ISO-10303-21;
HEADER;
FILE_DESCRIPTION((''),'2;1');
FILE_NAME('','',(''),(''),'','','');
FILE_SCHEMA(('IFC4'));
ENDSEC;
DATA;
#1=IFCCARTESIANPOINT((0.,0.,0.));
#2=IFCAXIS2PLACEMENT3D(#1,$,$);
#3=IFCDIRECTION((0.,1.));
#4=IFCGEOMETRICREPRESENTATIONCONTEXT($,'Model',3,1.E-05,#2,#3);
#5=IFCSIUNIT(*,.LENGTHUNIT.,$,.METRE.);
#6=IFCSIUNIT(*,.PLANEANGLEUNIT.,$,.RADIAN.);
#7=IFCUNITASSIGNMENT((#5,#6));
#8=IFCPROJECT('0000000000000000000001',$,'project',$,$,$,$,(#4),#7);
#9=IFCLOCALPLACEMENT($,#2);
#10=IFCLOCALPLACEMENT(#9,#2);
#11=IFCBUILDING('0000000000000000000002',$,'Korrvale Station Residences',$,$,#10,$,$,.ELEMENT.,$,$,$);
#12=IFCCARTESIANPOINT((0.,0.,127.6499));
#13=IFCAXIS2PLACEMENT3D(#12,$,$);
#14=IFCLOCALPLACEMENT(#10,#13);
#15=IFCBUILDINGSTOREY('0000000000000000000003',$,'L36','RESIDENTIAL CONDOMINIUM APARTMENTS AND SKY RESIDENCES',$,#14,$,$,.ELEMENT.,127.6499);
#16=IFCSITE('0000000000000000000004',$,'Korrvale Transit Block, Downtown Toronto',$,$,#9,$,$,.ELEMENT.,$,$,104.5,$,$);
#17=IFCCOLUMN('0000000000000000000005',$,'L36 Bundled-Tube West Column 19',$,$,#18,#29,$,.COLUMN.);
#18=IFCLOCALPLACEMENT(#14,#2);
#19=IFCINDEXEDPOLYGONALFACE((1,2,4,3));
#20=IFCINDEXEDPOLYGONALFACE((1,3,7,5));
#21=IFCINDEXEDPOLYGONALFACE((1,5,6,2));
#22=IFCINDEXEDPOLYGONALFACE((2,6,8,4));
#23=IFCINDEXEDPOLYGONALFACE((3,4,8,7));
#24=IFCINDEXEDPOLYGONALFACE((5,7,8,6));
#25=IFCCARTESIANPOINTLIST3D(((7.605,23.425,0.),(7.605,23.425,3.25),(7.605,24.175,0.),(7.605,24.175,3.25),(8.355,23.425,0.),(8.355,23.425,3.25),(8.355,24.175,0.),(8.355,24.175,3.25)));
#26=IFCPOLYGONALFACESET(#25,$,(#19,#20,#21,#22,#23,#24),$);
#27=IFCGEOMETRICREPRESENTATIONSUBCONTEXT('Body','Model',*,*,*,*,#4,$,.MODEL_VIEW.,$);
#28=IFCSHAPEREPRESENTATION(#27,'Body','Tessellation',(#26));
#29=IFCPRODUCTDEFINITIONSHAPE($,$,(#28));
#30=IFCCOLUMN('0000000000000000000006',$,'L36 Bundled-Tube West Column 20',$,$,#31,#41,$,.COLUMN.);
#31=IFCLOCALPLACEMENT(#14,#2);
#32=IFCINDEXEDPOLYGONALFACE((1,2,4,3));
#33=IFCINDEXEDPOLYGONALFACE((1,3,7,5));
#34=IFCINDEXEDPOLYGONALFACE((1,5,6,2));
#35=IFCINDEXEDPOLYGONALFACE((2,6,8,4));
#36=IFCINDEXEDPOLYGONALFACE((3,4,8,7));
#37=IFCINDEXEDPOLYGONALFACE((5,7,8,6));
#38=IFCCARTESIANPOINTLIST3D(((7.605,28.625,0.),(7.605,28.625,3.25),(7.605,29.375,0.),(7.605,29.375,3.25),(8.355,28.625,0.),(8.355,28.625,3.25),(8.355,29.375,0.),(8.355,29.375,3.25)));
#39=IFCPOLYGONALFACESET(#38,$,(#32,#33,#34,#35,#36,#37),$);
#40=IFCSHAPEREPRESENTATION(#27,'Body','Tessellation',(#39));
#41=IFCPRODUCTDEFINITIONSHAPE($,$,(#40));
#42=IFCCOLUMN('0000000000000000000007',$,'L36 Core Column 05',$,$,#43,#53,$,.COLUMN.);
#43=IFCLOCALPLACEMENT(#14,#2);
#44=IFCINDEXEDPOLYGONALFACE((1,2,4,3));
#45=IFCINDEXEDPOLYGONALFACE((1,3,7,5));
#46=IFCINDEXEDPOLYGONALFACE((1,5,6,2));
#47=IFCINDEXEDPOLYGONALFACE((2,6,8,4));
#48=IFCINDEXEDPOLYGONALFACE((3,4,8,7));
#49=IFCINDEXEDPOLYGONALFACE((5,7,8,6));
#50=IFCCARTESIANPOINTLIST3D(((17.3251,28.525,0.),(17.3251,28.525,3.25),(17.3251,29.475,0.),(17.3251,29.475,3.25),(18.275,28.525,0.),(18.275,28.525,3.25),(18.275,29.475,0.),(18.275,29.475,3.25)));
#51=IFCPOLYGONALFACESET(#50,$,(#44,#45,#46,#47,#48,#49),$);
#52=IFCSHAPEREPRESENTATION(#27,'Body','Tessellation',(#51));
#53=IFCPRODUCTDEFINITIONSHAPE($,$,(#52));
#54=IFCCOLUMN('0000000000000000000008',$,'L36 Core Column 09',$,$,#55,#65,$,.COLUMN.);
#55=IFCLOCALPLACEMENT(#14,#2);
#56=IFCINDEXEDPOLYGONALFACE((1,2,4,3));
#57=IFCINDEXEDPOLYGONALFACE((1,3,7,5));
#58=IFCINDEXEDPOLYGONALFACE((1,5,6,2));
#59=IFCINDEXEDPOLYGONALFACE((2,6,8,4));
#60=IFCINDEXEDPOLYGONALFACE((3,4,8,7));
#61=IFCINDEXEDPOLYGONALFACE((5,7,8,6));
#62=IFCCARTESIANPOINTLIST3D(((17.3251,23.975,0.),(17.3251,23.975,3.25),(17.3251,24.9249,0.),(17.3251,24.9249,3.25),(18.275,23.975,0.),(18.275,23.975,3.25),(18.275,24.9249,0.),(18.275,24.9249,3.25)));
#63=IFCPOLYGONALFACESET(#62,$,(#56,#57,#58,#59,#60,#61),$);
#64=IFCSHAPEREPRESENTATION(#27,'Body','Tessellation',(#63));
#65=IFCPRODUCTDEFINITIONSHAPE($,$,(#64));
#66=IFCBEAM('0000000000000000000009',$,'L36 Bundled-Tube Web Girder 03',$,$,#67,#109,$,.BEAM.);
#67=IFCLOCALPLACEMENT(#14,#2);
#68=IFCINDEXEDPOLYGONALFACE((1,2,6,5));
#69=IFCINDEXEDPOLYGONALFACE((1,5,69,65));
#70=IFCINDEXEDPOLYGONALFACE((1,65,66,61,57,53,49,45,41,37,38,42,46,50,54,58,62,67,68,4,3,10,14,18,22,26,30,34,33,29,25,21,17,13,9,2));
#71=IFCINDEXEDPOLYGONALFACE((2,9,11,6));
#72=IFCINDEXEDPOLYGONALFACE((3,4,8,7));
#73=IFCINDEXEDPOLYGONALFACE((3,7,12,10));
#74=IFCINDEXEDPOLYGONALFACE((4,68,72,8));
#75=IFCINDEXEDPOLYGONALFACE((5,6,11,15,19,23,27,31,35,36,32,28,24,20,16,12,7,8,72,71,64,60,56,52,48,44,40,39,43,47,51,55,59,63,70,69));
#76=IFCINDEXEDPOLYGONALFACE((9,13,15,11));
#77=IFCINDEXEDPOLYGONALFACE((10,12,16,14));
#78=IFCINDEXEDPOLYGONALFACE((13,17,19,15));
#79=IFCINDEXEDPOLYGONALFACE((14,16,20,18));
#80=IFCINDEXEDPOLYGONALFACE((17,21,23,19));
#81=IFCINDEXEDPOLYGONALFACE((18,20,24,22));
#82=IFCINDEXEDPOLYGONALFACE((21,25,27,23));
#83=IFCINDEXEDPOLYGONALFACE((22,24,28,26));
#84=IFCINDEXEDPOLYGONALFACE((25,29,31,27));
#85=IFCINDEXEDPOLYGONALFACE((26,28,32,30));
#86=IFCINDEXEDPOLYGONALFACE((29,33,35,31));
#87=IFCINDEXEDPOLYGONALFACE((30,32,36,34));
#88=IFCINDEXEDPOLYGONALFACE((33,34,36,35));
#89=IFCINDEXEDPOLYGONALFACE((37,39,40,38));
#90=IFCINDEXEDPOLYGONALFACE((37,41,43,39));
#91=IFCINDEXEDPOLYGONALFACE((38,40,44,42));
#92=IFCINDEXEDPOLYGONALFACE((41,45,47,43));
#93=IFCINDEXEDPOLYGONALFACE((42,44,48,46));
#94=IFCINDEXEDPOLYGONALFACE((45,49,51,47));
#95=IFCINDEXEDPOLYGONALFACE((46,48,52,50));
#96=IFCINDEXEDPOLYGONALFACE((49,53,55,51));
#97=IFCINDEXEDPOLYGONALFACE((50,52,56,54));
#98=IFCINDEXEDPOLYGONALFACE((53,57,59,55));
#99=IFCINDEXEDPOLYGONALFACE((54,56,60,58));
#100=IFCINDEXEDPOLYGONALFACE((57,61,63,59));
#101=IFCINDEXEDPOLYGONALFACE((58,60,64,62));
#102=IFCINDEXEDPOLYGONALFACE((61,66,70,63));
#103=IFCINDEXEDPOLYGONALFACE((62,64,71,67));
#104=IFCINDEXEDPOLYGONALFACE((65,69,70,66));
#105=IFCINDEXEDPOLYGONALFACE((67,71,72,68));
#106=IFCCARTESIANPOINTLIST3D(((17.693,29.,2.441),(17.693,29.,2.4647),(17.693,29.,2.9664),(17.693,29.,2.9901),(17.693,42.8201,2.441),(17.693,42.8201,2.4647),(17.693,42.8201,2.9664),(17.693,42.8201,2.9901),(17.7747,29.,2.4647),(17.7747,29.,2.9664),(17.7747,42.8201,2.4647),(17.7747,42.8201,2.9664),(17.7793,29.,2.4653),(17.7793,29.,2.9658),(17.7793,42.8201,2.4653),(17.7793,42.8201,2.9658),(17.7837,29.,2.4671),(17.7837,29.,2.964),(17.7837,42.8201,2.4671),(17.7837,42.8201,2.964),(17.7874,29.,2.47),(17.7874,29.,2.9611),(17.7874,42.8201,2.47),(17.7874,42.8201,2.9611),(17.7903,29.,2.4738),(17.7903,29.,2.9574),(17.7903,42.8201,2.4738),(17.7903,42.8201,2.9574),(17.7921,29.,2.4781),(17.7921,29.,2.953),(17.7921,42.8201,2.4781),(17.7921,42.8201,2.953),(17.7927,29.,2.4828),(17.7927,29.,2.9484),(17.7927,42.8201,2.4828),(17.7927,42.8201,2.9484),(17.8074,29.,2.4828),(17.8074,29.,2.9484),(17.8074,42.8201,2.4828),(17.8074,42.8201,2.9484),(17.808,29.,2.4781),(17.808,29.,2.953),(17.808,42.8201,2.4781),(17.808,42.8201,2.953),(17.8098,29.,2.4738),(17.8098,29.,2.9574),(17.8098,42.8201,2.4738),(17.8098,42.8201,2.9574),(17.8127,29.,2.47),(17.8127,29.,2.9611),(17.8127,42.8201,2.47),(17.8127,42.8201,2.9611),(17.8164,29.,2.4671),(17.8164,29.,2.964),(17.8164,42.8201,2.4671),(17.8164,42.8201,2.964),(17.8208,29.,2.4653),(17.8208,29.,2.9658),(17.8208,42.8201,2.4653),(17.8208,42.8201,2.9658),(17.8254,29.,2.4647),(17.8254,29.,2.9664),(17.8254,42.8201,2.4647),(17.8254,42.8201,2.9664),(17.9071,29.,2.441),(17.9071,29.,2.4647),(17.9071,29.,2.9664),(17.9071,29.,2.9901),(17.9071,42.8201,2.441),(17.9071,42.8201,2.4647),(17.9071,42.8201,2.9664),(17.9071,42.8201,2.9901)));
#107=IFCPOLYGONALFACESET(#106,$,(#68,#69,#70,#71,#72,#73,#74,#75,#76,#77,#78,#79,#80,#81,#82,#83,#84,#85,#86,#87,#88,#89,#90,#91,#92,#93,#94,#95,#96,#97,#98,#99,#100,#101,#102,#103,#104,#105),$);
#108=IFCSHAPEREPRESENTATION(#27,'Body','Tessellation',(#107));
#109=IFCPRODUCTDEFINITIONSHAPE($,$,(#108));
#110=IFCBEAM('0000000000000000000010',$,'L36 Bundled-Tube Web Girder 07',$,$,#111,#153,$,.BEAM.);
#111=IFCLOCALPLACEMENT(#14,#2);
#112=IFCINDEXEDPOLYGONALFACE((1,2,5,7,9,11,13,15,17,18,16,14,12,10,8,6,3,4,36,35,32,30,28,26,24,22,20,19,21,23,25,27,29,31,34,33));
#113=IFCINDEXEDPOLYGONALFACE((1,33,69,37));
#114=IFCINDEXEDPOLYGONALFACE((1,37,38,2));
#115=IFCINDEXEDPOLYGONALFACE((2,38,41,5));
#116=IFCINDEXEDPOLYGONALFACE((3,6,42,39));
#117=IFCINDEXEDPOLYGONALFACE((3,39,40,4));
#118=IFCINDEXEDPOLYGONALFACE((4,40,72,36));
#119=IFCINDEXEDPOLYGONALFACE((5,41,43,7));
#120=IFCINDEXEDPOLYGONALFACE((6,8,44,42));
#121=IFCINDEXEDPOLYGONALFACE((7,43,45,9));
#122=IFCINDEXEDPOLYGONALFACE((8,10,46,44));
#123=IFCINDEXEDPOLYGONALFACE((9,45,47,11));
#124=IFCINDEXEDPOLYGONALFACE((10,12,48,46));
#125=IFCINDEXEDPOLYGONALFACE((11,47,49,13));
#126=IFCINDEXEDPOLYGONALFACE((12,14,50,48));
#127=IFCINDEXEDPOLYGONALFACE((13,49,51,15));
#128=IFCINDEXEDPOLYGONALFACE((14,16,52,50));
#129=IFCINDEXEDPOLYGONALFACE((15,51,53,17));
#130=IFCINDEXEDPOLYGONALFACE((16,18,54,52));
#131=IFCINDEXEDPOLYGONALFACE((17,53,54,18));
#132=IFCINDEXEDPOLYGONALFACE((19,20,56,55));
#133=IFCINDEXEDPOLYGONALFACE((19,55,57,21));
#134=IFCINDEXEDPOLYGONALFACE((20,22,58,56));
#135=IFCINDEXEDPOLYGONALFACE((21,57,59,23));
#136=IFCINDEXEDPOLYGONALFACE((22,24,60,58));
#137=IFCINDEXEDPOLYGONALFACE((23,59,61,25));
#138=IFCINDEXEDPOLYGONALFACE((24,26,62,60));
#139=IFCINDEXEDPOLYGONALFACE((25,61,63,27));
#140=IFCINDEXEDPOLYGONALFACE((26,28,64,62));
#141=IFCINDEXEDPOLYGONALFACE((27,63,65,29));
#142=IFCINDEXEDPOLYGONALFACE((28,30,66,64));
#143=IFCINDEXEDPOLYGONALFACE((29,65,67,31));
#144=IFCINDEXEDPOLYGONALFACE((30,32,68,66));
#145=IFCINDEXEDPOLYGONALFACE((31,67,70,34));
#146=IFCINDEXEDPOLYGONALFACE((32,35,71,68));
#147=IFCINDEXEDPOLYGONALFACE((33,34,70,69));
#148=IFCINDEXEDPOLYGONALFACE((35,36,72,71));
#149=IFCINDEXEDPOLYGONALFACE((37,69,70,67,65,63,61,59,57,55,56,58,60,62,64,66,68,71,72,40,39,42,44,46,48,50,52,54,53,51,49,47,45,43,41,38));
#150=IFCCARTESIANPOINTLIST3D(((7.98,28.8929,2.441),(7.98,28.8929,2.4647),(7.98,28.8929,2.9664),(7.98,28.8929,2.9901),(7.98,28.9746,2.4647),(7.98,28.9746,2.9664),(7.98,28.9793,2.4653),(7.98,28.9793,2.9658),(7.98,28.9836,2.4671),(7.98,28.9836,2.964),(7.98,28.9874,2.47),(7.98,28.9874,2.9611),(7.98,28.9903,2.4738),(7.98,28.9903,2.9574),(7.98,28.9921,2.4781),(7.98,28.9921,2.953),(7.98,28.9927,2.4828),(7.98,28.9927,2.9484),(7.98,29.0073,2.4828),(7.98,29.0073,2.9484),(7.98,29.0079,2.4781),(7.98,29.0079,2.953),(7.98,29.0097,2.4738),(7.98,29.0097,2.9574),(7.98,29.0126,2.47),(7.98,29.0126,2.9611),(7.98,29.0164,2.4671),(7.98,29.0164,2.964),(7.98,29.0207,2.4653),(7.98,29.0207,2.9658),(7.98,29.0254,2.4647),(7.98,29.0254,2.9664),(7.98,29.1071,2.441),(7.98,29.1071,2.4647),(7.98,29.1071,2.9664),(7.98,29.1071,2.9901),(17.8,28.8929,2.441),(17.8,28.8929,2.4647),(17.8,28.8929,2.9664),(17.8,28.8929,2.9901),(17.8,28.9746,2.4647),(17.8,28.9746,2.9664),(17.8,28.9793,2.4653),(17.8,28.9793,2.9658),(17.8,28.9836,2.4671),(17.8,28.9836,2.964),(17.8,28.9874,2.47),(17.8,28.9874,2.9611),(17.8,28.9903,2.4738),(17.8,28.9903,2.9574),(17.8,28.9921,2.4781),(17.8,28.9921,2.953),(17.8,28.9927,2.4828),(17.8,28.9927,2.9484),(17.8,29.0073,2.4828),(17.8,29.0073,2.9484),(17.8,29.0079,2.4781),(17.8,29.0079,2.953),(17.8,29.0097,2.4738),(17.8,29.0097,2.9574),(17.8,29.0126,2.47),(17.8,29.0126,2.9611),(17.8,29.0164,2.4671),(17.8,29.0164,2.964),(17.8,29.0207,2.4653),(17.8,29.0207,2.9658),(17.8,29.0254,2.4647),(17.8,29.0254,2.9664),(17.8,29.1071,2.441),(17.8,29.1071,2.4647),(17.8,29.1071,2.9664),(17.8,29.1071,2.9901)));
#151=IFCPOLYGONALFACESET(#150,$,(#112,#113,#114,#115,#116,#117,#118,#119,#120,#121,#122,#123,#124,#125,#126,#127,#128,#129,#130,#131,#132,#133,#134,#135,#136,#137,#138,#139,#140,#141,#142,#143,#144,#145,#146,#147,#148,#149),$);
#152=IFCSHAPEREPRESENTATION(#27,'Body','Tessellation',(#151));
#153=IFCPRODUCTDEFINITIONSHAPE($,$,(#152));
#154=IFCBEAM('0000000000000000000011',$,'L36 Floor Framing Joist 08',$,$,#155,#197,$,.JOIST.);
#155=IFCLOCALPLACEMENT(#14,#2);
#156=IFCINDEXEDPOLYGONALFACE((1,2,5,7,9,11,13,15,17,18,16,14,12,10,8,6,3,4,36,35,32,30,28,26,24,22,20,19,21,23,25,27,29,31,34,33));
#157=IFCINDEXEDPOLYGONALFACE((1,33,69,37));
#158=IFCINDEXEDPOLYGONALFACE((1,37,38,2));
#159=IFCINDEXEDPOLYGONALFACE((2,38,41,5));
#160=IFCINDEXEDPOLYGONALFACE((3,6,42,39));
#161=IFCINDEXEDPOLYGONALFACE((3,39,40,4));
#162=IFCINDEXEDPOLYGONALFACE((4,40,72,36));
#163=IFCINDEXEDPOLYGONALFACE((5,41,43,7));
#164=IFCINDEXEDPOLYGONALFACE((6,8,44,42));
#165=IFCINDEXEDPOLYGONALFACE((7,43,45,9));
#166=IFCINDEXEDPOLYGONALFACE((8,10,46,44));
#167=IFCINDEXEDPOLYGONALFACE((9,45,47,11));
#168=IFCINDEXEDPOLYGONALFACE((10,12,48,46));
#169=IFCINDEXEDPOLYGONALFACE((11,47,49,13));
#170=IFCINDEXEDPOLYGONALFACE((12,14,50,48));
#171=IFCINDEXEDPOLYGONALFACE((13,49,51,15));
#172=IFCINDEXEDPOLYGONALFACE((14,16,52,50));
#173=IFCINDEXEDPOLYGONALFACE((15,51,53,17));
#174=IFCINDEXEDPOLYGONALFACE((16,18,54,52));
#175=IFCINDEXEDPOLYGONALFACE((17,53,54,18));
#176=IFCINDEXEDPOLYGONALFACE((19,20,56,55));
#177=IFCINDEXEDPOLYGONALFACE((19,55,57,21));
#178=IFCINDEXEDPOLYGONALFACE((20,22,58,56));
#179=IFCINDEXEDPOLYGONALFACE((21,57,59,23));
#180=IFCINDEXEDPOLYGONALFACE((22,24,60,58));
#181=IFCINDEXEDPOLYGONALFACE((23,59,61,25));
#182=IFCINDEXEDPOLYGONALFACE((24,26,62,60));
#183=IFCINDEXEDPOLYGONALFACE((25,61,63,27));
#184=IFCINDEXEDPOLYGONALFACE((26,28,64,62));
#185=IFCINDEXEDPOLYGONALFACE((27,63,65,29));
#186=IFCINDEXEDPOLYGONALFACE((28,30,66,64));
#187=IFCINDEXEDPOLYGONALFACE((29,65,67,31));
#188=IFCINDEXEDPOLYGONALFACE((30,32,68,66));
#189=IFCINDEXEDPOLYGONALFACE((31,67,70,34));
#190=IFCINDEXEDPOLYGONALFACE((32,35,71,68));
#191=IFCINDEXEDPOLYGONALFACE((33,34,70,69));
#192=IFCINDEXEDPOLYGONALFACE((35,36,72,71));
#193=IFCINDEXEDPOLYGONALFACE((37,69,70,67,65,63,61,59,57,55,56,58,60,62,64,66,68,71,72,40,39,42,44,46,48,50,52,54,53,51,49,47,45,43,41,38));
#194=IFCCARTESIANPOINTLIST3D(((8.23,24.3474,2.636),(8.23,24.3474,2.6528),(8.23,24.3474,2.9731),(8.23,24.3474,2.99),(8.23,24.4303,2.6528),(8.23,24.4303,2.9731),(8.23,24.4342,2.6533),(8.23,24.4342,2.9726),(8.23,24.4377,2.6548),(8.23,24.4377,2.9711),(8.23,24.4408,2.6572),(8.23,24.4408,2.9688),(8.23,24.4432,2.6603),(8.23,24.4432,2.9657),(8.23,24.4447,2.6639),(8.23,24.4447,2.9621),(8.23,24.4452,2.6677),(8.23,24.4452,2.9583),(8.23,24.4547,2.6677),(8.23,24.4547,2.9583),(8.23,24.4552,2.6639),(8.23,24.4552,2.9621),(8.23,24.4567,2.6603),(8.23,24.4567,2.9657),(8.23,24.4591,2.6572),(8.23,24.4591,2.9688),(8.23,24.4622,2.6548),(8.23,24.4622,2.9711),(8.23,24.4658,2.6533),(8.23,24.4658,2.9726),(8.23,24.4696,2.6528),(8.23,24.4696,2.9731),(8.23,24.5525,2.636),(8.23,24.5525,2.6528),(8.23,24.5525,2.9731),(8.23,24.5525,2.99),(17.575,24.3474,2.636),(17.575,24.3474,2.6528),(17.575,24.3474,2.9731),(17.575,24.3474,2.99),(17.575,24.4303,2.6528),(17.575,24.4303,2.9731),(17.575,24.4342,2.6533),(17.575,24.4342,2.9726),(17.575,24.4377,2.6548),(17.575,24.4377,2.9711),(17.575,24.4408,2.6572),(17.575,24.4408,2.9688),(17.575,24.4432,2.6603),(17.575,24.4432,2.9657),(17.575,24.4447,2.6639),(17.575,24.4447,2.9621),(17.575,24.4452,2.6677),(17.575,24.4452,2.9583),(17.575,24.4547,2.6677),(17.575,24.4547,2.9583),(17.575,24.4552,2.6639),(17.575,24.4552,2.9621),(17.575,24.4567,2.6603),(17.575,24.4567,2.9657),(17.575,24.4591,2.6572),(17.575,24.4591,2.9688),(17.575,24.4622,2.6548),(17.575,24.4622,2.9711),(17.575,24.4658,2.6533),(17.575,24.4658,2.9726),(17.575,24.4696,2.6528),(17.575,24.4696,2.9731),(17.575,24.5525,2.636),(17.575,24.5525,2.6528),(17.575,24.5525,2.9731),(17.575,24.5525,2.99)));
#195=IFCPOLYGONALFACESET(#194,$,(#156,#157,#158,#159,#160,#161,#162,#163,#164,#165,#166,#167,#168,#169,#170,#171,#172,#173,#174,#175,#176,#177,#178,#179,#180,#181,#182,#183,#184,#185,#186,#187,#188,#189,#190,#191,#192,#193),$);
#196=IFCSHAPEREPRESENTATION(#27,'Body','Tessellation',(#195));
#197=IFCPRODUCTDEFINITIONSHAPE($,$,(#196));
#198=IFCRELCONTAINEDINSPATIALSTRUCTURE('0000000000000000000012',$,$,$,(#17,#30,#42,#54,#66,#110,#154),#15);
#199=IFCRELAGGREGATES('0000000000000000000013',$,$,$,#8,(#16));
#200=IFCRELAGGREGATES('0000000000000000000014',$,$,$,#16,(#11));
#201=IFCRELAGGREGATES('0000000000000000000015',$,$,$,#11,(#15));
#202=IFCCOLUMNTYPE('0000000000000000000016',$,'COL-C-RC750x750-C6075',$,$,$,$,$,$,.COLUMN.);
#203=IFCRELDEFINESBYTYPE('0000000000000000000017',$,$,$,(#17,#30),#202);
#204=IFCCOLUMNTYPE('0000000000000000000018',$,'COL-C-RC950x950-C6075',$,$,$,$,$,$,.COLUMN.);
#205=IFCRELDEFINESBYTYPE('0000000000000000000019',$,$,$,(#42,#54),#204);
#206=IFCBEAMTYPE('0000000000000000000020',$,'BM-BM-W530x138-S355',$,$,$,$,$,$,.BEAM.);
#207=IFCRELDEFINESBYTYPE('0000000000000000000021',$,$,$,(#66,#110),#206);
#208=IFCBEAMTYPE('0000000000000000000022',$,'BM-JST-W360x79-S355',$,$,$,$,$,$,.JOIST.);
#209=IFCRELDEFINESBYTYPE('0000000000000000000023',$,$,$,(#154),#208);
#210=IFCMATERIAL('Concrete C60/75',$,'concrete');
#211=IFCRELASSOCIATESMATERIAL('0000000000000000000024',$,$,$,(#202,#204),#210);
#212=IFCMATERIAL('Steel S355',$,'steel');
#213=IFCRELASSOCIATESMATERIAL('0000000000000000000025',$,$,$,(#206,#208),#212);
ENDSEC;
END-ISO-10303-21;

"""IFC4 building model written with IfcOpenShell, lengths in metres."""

from ifc_helpers import new_model, si_unit, direction, frame, origin, origin_2d, place, context, subcontext, project, spatial, rectangle, i_section, extrude, material, material_profile, profile_set, type_object, element, save


model = new_model("IFC4")

# Units and contexts
model_context = context("Model", 3, precision=1e-05, world=origin(), true_north=direction((0.0, 1.0)))
body_context = subcontext(model_context, "Body", "Model", "MODEL_VIEW")
ifc_project = project(units=[si_unit("LENGTHUNIT", "METRE"), si_unit("PLANEANGLEUNIT", "RADIAN")], contexts=[model_context])

# Site, building, storey
site_placement = place(None, origin())
site = spatial("IfcSite", under=ifc_project, at=site_placement, Name="Korrvale Transit Block, Downtown Toronto", CompositionType="ELEMENT", RefElevation=104.5)
building_placement = place(site_placement, origin())
building = spatial("IfcBuilding", under=site, at=building_placement, Name="Korrvale Station Residences", CompositionType="ELEMENT")
storey_placement = place(building_placement, frame((0.0, 0.0, 127.6499)))
storey = spatial("IfcBuildingStorey", under=building, at=storey_placement, Name="L36", Description="RESIDENTIAL CONDOMINIUM APARTMENTS AND SKY RESIDENCES", CompositionType="ELEMENT", Elevation=127.6499)

# Columns
ifc_material_1 = material(Name="Concrete C60/75", Category="concrete")
ifc_material_profile_1 = material_profile(ifc_material_1, rectangle(XDim=0.75, YDim=0.75, at=origin_2d()), Name="RC750x750")
ifc_profile_set_1 = profile_set([ifc_material_profile_1], Name="Concrete C60/75")
column_type_1 = type_object("IfcColumnType", Name="COL-C-RC750x750-C6075", PredefinedType="COLUMN", material=ifc_profile_set_1)
for number, where, z_axis, x_axis, name in (
    (1, (7.98, 23.8, 0.0), (0.0, 0.0, 1.0), (1.0, 0.0, 0.0), "L36 Bundled-Tube West Column 19"),
    (2, (7.98, 29.0, 0.0), (0.0, 0.0, 1.0), (1.0, 0.0, 0.0), "L36 Bundled-Tube West Column 20"),
):
    element("IfcColumn", number, at=place(storey_placement, frame(where, z_axis=z_axis, x_axis=x_axis)), inside=storey, type_object=column_type_1, Name=name, PredefinedType="COLUMN", context=body_context, shape_type="SweptSolid", body=[
        extrude(rectangle(XDim=0.75, YDim=0.75, at=origin_2d()), origin(), (0.0, 0.0, 1.0), 3.25),
    ])
ifc_material_profile_2 = material_profile(ifc_material_1, rectangle(XDim=0.95, YDim=0.95, at=origin_2d()), Name="RC950x950")
ifc_profile_set_2 = profile_set([ifc_material_profile_2], Name="Concrete C60/75")
column_type_2 = type_object("IfcColumnType", Name="COL-C-RC950x950-C6075", PredefinedType="COLUMN", material=ifc_profile_set_2)
for number, where, z_axis, x_axis, name in (
    (3, (17.8, 29.0, 0.0), (0.0, 0.0, 1.0), (1.0, 0.0, 0.0), "L36 Core Column 05"),
    (4, (17.8, 24.45, 0.0), (0.0, 0.0, 1.0), (1.0, 0.0, 0.0), "L36 Core Column 09"),
):
    element("IfcColumn", number, at=place(storey_placement, frame(where, z_axis=z_axis, x_axis=x_axis)), inside=storey, type_object=column_type_2, Name=name, PredefinedType="COLUMN", context=body_context, shape_type="SweptSolid", body=[
        extrude(rectangle(XDim=0.95, YDim=0.95, at=origin_2d()), origin(), (0.0, 0.0, 1.0), 3.25),
    ])

# Beams
ifc_material_2 = material(Name="Steel S355", Category="steel")
ifc_material_profile_3 = material_profile(ifc_material_2, i_section(OverallWidth=0.2141, OverallDepth=0.5491, WebThickness=0.0146, FlangeThickness=0.0237, FilletRadius=0.0181, at=origin_2d()), Name="W530x138")
ifc_profile_set_3 = profile_set([ifc_material_profile_3], Name="Steel S355")
beam_type_1 = type_object("IfcBeamType", Name="BM-BM-W530x138-S355", PredefinedType="BEAM", material=ifc_profile_set_3)
beam_1_placement = place(storey_placement, frame((17.8, 29.0, 2.7156), z_axis=(0.0, 1.0, 0.0), x_axis=(-1.0, 0.0, 0.0)))
element("IfcBeam", 5, at=beam_1_placement, inside=storey, type_object=beam_type_1, Name="L36 Bundled-Tube Web Girder 03", PredefinedType="BEAM", context=body_context, shape_type="SweptSolid", body=[
    extrude(i_section(OverallWidth=0.2141, OverallDepth=0.5491, WebThickness=0.0146, FlangeThickness=0.0237, FilletRadius=0.0181, at=origin_2d()), origin(), (0.0, 0.0, 1.0), 13.8201),
])
beam_2_placement = place(storey_placement, frame((7.98, 29.0, 2.7156), z_axis=(1.0, 0.0, 0.0), x_axis=(0.0, 1.0, 0.0)))
element("IfcBeam", 6, at=beam_2_placement, inside=storey, type_object=beam_type_1, Name="L36 Bundled-Tube Web Girder 07", PredefinedType="BEAM", context=body_context, shape_type="SweptSolid", body=[
    extrude(i_section(OverallWidth=0.2141, OverallDepth=0.5491, WebThickness=0.0146, FlangeThickness=0.0237, FilletRadius=0.0181, at=origin_2d()), origin(), (0.0, 0.0, 1.0), 9.8201),
])
ifc_material_profile_4 = material_profile(ifc_material_2, i_section(OverallWidth=0.2051, OverallDepth=0.354, WebThickness=0.0095, FlangeThickness=0.0168, FilletRadius=0.0149, at=origin_2d()), Name="W360x79")
ifc_profile_set_4 = profile_set([ifc_material_profile_4], Name="Steel S355")
beam_type_2 = type_object("IfcBeamType", Name="BM-JST-W360x79-S355", PredefinedType="JOIST", material=ifc_profile_set_4)
beam_3_placement = place(storey_placement, frame((8.23, 24.45, 2.813), z_axis=(1.0, 0.0, 0.0), x_axis=(0.0, 1.0, 0.0)))
element("IfcBeam", 7, at=beam_3_placement, inside=storey, type_object=beam_type_2, Name="L36 Floor Framing Joist 08", PredefinedType="JOIST", context=body_context, shape_type="SweptSolid", body=[
    extrude(i_section(OverallWidth=0.2051, OverallDepth=0.354, WebThickness=0.0095, FlangeThickness=0.0168, FilletRadius=0.0149, at=origin_2d()), origin(), (0.0, 0.0, 1.0), 9.345),
])

save(model, "model.ifc")
